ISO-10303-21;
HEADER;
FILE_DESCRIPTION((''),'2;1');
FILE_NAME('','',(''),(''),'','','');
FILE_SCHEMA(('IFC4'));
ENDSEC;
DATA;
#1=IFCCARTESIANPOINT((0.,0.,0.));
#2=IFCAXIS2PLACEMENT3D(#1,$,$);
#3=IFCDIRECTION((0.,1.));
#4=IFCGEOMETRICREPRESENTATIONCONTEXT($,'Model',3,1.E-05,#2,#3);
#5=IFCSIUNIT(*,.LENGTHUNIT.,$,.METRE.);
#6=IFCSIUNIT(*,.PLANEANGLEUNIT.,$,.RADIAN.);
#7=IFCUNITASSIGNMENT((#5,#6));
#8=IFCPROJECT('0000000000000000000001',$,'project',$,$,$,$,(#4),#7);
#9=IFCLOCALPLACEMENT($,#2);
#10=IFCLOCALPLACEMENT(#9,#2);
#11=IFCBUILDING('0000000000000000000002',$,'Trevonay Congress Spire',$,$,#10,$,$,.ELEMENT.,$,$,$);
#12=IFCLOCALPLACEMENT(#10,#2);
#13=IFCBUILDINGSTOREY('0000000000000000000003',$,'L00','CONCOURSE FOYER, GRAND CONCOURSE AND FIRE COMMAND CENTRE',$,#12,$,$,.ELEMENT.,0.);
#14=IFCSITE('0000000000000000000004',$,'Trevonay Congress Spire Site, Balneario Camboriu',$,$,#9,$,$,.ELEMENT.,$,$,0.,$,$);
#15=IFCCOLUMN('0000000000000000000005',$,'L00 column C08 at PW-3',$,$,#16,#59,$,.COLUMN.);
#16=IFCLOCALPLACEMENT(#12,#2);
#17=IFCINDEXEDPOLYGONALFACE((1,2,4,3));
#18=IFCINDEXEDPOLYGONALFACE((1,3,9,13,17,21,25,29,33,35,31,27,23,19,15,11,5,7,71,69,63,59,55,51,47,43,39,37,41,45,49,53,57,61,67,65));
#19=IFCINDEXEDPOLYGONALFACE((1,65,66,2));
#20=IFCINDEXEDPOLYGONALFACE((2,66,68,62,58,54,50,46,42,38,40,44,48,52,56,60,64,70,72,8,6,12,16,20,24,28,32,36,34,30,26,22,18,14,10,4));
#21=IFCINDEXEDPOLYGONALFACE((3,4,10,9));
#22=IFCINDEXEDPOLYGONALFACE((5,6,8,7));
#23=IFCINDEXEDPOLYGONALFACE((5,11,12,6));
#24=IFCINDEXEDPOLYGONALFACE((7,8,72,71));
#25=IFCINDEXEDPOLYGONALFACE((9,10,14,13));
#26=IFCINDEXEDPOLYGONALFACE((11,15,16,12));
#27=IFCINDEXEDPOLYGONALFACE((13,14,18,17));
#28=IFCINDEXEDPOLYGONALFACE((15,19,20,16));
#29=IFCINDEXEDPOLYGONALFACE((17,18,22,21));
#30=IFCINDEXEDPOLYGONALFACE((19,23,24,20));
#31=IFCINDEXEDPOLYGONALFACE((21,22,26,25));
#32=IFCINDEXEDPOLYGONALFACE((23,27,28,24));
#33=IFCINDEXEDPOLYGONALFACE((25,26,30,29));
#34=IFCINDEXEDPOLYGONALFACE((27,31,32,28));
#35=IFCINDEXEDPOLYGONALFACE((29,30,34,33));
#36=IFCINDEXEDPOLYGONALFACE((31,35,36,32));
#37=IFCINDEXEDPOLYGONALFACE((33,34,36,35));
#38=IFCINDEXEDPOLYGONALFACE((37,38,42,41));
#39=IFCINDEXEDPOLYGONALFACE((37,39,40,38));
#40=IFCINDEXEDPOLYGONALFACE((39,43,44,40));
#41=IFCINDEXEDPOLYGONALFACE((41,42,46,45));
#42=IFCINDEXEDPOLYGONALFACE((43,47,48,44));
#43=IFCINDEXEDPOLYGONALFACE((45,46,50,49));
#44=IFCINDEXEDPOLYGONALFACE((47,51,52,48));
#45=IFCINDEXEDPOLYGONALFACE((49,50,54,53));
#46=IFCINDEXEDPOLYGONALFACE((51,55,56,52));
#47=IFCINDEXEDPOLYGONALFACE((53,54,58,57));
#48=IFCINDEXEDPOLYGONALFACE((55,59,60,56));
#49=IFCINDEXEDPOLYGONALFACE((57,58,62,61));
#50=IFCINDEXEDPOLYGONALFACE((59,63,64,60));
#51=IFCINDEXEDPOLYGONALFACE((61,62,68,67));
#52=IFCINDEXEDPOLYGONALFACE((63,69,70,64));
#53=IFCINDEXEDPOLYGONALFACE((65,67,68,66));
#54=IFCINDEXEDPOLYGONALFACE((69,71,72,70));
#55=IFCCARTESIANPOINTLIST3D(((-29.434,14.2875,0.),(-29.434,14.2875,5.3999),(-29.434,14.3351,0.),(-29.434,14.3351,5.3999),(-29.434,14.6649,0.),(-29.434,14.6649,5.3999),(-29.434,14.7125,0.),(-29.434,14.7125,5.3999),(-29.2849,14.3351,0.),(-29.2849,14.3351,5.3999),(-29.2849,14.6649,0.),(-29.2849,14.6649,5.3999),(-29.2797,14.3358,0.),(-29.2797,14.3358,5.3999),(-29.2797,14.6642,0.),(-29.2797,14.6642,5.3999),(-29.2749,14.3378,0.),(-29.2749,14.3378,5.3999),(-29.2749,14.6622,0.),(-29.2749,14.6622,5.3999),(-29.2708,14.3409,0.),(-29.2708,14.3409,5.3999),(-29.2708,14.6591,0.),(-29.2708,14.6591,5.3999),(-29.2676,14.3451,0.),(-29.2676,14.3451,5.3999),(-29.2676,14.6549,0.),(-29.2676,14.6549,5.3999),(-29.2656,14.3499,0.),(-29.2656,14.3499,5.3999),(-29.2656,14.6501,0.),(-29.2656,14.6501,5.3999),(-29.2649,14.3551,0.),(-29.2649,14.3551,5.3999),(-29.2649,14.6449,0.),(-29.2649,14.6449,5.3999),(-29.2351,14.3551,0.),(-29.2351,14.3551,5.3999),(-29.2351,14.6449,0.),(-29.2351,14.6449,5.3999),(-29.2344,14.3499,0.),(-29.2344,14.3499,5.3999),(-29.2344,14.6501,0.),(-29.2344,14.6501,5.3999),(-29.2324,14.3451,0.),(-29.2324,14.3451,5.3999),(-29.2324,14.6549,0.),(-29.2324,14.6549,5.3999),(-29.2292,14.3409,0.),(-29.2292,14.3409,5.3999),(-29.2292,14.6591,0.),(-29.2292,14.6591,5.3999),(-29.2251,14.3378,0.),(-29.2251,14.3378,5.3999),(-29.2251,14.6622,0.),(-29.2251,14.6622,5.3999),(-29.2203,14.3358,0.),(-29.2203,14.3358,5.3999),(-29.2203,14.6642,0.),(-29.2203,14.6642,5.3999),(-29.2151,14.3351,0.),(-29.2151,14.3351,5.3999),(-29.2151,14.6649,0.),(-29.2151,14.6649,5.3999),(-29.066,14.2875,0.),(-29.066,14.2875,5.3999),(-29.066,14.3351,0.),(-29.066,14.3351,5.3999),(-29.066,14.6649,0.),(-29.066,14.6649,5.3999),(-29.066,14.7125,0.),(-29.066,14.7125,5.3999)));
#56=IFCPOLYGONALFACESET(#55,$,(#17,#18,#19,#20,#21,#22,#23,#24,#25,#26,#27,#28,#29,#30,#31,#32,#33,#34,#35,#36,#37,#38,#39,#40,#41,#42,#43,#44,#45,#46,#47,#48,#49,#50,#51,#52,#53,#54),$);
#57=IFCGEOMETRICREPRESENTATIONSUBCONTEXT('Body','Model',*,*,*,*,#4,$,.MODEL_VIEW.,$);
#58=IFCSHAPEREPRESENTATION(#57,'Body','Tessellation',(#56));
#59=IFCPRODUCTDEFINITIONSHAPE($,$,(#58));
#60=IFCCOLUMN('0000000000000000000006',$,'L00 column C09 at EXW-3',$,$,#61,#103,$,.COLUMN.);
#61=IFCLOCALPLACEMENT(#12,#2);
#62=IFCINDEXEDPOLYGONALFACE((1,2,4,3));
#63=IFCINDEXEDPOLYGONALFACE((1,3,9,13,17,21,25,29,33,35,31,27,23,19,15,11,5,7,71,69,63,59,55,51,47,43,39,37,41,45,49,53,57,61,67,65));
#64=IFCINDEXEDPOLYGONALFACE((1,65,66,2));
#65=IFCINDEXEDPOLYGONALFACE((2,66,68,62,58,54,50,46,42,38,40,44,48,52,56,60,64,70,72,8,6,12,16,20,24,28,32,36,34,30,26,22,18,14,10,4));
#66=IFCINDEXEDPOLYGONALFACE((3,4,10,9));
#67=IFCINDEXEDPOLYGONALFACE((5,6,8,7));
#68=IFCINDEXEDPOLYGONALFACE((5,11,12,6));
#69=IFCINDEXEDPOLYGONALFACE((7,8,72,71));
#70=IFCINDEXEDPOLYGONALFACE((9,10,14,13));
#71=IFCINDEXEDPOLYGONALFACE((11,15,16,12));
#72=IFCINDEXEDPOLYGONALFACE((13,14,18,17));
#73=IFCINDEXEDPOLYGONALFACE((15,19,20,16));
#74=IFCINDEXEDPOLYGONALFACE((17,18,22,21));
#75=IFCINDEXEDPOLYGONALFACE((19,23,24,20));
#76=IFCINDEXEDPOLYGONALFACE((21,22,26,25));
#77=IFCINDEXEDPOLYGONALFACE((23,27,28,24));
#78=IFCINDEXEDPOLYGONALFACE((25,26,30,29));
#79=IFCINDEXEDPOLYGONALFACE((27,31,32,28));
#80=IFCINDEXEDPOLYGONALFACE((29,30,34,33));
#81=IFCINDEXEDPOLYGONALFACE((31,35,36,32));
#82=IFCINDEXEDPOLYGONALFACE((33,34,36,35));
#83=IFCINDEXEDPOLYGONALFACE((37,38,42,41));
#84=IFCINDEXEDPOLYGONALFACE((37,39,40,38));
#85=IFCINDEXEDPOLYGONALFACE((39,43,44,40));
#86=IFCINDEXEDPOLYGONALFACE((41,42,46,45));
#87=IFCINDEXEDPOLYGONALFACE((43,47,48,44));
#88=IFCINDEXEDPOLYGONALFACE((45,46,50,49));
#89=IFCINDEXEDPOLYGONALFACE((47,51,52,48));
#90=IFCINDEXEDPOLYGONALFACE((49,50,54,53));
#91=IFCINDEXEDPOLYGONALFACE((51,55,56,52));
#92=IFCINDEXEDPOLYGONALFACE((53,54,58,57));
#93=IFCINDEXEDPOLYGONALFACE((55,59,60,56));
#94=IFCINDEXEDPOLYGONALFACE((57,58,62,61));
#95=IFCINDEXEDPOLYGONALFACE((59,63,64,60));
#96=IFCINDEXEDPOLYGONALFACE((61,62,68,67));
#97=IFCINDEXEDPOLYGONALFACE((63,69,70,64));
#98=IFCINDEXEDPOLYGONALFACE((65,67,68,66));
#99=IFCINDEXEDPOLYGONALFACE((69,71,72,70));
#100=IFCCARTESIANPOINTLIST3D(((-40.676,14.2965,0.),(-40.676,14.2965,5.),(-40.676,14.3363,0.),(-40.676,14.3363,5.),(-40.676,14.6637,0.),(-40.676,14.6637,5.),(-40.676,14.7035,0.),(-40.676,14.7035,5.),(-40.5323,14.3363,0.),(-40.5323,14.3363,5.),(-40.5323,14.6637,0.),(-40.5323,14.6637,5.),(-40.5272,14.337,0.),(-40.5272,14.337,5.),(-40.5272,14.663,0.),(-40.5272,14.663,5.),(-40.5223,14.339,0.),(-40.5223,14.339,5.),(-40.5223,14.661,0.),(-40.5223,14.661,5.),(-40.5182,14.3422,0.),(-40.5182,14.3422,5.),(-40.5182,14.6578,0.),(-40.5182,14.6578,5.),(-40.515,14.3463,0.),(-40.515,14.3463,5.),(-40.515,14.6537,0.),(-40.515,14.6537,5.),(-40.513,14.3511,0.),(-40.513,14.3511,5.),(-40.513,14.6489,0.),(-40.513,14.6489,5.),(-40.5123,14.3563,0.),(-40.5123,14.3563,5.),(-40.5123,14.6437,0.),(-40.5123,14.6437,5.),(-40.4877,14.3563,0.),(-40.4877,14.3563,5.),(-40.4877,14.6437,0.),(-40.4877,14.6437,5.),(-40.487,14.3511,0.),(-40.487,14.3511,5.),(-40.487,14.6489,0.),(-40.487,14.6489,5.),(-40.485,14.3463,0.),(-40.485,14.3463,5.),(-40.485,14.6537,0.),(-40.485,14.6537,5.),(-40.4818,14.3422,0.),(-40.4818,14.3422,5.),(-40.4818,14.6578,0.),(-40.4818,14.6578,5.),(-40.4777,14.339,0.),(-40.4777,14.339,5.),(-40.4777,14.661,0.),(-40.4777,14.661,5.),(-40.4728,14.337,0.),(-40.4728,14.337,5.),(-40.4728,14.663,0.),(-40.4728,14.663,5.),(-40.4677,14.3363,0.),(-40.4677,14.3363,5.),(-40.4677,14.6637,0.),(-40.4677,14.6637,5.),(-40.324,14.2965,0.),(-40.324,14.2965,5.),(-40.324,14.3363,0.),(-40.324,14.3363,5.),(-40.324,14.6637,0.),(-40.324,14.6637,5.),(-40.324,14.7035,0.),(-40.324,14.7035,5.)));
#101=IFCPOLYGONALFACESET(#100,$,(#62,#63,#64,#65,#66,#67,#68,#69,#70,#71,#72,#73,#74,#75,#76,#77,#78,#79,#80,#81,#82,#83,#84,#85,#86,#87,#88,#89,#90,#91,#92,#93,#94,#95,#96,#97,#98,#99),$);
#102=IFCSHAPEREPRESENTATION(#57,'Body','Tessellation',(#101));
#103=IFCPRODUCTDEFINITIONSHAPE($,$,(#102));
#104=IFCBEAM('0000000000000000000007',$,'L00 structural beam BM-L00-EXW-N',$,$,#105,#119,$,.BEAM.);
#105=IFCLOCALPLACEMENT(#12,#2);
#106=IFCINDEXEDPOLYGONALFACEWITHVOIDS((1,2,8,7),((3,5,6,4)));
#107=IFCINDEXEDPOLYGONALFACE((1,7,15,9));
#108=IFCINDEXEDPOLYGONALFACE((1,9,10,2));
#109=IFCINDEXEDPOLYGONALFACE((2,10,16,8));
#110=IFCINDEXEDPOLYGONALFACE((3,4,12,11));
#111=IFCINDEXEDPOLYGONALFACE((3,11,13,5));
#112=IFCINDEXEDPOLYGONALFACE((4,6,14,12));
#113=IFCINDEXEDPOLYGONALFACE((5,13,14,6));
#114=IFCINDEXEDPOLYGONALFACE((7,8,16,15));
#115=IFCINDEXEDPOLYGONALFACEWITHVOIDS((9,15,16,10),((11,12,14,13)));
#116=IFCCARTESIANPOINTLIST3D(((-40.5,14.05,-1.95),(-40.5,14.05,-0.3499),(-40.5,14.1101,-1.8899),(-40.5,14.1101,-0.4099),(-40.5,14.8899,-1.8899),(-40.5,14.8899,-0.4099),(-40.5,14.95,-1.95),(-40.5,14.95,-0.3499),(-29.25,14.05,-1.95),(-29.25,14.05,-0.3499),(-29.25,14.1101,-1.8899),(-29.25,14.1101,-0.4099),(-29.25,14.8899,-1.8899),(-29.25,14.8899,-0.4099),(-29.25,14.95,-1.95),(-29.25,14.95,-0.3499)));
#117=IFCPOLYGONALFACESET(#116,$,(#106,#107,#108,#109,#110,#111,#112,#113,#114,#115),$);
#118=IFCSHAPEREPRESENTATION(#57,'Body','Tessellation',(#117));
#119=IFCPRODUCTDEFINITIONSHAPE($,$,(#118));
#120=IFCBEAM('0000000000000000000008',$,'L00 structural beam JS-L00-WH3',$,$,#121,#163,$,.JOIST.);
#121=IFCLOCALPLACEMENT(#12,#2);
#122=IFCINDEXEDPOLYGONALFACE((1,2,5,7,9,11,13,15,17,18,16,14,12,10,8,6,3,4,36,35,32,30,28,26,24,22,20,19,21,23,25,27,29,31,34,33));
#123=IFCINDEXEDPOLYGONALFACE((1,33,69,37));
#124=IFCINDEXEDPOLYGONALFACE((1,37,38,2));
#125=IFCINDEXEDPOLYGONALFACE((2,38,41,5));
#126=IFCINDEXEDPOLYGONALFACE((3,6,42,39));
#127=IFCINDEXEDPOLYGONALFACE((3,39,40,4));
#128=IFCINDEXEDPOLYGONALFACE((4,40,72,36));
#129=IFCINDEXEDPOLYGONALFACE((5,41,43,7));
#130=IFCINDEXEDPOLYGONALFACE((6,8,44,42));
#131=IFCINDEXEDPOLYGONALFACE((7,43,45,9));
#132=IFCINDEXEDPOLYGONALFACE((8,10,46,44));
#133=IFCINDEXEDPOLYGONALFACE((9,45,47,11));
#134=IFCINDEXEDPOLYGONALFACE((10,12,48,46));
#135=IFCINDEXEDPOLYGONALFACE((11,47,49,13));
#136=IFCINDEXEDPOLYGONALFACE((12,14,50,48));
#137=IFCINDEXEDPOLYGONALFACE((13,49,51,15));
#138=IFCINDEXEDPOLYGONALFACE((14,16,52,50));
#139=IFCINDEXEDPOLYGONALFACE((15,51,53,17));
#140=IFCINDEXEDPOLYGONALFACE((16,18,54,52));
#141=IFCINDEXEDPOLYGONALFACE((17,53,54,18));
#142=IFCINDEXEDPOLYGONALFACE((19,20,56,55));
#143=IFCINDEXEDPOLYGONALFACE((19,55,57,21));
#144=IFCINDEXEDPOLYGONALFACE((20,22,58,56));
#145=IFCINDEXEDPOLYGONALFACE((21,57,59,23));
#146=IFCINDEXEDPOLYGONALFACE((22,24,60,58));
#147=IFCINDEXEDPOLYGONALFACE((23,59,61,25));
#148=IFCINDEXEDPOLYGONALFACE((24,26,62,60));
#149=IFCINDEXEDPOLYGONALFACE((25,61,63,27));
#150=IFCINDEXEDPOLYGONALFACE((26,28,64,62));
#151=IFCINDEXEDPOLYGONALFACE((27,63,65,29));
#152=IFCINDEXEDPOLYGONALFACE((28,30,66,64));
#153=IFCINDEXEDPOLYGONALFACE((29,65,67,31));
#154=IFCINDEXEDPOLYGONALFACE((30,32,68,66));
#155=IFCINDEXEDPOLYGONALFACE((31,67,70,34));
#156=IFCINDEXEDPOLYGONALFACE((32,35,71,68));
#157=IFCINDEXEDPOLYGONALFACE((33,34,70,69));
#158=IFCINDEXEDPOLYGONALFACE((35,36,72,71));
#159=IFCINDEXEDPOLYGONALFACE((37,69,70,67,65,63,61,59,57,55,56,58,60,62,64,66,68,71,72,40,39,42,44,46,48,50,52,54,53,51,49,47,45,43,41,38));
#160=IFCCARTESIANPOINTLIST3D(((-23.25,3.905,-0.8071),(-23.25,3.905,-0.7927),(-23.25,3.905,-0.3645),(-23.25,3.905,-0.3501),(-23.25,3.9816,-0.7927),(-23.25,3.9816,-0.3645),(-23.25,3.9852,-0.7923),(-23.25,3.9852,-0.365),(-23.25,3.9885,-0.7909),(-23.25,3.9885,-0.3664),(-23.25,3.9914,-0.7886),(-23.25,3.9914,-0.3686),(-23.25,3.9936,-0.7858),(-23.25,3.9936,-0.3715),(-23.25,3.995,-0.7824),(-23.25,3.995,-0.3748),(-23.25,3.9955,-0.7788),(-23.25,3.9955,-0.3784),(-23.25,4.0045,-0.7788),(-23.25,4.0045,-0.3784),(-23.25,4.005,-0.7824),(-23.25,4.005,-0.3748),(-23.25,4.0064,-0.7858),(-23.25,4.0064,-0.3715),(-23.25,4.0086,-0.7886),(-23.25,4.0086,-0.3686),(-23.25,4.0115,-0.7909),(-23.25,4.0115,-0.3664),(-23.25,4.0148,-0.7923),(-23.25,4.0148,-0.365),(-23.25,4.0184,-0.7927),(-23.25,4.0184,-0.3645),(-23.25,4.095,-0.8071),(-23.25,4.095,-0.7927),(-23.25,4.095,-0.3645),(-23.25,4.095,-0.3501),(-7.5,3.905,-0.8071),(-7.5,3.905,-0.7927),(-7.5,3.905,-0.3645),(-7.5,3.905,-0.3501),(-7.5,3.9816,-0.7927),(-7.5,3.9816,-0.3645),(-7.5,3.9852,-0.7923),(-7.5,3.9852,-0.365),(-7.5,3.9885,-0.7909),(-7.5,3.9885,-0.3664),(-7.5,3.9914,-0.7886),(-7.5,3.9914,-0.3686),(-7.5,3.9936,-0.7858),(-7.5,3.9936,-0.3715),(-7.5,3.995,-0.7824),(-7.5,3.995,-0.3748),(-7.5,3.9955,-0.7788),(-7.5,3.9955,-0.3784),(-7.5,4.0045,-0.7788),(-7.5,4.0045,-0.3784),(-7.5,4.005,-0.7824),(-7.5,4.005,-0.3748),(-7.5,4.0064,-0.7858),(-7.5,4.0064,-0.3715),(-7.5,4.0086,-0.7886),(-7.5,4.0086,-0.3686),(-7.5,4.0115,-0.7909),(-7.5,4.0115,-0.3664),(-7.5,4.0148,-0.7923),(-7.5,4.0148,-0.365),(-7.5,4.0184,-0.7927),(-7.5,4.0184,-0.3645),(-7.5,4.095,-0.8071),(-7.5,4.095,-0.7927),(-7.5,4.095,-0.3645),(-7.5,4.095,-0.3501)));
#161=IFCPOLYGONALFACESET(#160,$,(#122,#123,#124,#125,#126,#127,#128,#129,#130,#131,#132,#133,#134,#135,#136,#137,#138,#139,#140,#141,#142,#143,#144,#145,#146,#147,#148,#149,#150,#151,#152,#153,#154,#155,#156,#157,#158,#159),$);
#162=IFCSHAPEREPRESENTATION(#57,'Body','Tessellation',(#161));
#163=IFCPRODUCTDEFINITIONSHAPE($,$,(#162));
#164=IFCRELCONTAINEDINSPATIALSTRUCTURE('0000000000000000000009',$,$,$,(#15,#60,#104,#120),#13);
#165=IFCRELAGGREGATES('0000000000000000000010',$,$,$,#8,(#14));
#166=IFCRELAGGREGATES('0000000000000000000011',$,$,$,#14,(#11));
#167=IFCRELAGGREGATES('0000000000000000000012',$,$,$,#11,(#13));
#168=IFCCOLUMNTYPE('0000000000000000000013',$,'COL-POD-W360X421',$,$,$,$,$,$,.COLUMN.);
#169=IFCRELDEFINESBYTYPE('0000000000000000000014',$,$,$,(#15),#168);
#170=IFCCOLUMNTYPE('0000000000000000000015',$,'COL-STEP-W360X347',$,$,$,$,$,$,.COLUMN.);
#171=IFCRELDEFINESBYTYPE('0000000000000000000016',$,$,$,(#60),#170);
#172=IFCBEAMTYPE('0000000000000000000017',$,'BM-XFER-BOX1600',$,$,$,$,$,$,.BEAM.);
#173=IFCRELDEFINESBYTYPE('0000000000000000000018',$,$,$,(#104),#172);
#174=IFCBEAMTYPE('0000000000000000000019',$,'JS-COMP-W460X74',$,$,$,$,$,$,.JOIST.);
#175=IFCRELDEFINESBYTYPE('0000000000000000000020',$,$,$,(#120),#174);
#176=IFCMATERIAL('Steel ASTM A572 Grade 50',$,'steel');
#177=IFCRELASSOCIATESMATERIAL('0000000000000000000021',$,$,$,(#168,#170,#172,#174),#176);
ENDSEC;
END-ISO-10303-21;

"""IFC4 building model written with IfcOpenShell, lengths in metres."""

from ifc_helpers import new_model, si_unit, direction, frame, origin, origin_2d, place, context, subcontext, project, spatial, hollow_rectangle, i_section, extrude, material, material_profile, profile_set, type_object, element, save


model = new_model("IFC4")

# Units and contexts
model_context = context("Model", 3, precision=1e-05, world=origin(), true_north=direction((0.0, 1.0)))
body_context = subcontext(model_context, "Body", "Model", "MODEL_VIEW")
ifc_project = project(units=[si_unit("LENGTHUNIT", "METRE"), si_unit("PLANEANGLEUNIT", "RADIAN")], contexts=[model_context])

# Site, building, storey
site_placement = place(None, origin())
site = spatial("IfcSite", under=ifc_project, at=site_placement, Name="Trevonay Congress Spire Site, Balneario Camboriu", CompositionType="ELEMENT", RefElevation=0.0)
building_placement = place(site_placement, origin())
building = spatial("IfcBuilding", under=site, at=building_placement, Name="Trevonay Congress Spire", CompositionType="ELEMENT")
storey_placement = place(building_placement, origin())
storey = spatial("IfcBuildingStorey", under=building, at=storey_placement, Name="L00", Description="CONCOURSE FOYER, GRAND CONCOURSE AND FIRE COMMAND CENTRE", CompositionType="ELEMENT", Elevation=0.0)

# Columns
ifc_material_1 = material(Name="Steel ASTM A572 Grade 50", Category="steel")
ifc_material_profile_1 = material_profile(ifc_material_1, i_section(OverallWidth=0.3679, OverallDepth=0.425, WebThickness=0.0298, FlangeThickness=0.0476, FilletRadius=0.02, at=origin_2d()), Name="W360x421")
ifc_profile_set_1 = profile_set([ifc_material_profile_1], Name="Steel ASTM A572 Grade 50")
column_type_1 = type_object("IfcColumnType", Name="COL-POD-W360X421", PredefinedType="COLUMN", material=ifc_profile_set_1)
column_1_placement = place(storey_placement, frame((-29.25, 14.5, 0.0), z_axis=(0.0, 0.0, 1.0), x_axis=(1.0, 0.0, 0.0)))
element("IfcColumn", 1, at=column_1_placement, inside=storey, type_object=column_type_1, Name="L00 column C08 at PW-3", PredefinedType="COLUMN", context=body_context, shape_type="SweptSolid", body=[
    extrude(i_section(OverallWidth=0.3679, OverallDepth=0.425, WebThickness=0.0298, FlangeThickness=0.0476, FilletRadius=0.02, at=origin_2d()), origin(), (0.0, 0.0, 1.0), 5.3999),
])
ifc_material_profile_2 = material_profile(ifc_material_1, i_section(OverallWidth=0.3521, OverallDepth=0.407, WebThickness=0.0247, FlangeThickness=0.0398, FilletRadius=0.02, at=origin_2d()), Name="W360x347")
ifc_profile_set_2 = profile_set([ifc_material_profile_2], Name="Steel ASTM A572 Grade 50")
column_type_2 = type_object("IfcColumnType", Name="COL-STEP-W360X347", PredefinedType="COLUMN", material=ifc_profile_set_2)
column_2_placement = place(storey_placement, frame((-40.5, 14.5, 0.0), z_axis=(0.0, 0.0, 1.0), x_axis=(1.0, 0.0, 0.0)))
element("IfcColumn", 2, at=column_2_placement, inside=storey, type_object=column_type_2, Name="L00 column C09 at EXW-3", PredefinedType="COLUMN", context=body_context, shape_type="SweptSolid", body=[
    extrude(i_section(OverallWidth=0.3521, OverallDepth=0.407, WebThickness=0.0247, FlangeThickness=0.0398, FilletRadius=0.02, at=origin_2d()), origin(), (0.0, 0.0, 1.0), 5.0),
])

# Beams
ifc_material_profile_3 = material_profile(ifc_material_1, hollow_rectangle(XDim=0.8999, YDim=1.6001, WallThickness=0.0601, at=origin_2d()), Name="BOX 1600x900x60")
ifc_profile_set_3 = profile_set([ifc_material_profile_3], Name="Steel ASTM A572 Grade 50")
beam_type_1 = type_object("IfcBeamType", Name="BM-XFER-BOX1600", PredefinedType="BEAM", material=ifc_profile_set_3)
beam_placement = place(storey_placement, frame((-29.25, 14.5, -1.1499), z_axis=(-1.0, 0.0, 0.0), x_axis=(0.0, -1.0, 0.0)))
element("IfcBeam", 3, at=beam_placement, inside=storey, type_object=beam_type_1, Name="L00 structural beam BM-L00-EXW-N", PredefinedType="BEAM", context=body_context, shape_type="SweptSolid", body=[
    extrude(hollow_rectangle(XDim=0.8999, YDim=1.6001, WallThickness=0.0601, at=origin_2d()), origin(), (0.0, 0.0, 1.0), 11.25),
])
ifc_material_profile_4 = material_profile(ifc_material_1, i_section(OverallWidth=0.1899, OverallDepth=0.457, WebThickness=0.009, FlangeThickness=0.0144, FilletRadius=0.0139, at=origin_2d()), Name="W460x74")
ifc_profile_set_4 = profile_set([ifc_material_profile_4], Name="Steel ASTM A572 Grade 50")
beam_type_2 = type_object("IfcBeamType", Name="JS-COMP-W460X74", PredefinedType="JOIST", material=ifc_profile_set_4)
for number, where, z_axis, x_axis, name in (
    (4, (-23.25, 4.0, -0.5786), (1.0, 0.0, 0.0), (0.0, 1.0, 0.0), "L00 structural beam JS-L00-WH3"),
):
    element("IfcBeam", number, at=place(storey_placement, frame(where, z_axis=z_axis, x_axis=x_axis)), inside=storey, type_object=beam_type_2, Name=name, PredefinedType="JOIST", context=body_context, shape_type="SweptSolid", body=[
        extrude(i_section(OverallWidth=0.1899, OverallDepth=0.457, WebThickness=0.009, FlangeThickness=0.0144, FilletRadius=0.0139, at=origin_2d()), origin(), (0.0, 0.0, 1.0), 15.75),
    ])

save(model, "model.ifc")
